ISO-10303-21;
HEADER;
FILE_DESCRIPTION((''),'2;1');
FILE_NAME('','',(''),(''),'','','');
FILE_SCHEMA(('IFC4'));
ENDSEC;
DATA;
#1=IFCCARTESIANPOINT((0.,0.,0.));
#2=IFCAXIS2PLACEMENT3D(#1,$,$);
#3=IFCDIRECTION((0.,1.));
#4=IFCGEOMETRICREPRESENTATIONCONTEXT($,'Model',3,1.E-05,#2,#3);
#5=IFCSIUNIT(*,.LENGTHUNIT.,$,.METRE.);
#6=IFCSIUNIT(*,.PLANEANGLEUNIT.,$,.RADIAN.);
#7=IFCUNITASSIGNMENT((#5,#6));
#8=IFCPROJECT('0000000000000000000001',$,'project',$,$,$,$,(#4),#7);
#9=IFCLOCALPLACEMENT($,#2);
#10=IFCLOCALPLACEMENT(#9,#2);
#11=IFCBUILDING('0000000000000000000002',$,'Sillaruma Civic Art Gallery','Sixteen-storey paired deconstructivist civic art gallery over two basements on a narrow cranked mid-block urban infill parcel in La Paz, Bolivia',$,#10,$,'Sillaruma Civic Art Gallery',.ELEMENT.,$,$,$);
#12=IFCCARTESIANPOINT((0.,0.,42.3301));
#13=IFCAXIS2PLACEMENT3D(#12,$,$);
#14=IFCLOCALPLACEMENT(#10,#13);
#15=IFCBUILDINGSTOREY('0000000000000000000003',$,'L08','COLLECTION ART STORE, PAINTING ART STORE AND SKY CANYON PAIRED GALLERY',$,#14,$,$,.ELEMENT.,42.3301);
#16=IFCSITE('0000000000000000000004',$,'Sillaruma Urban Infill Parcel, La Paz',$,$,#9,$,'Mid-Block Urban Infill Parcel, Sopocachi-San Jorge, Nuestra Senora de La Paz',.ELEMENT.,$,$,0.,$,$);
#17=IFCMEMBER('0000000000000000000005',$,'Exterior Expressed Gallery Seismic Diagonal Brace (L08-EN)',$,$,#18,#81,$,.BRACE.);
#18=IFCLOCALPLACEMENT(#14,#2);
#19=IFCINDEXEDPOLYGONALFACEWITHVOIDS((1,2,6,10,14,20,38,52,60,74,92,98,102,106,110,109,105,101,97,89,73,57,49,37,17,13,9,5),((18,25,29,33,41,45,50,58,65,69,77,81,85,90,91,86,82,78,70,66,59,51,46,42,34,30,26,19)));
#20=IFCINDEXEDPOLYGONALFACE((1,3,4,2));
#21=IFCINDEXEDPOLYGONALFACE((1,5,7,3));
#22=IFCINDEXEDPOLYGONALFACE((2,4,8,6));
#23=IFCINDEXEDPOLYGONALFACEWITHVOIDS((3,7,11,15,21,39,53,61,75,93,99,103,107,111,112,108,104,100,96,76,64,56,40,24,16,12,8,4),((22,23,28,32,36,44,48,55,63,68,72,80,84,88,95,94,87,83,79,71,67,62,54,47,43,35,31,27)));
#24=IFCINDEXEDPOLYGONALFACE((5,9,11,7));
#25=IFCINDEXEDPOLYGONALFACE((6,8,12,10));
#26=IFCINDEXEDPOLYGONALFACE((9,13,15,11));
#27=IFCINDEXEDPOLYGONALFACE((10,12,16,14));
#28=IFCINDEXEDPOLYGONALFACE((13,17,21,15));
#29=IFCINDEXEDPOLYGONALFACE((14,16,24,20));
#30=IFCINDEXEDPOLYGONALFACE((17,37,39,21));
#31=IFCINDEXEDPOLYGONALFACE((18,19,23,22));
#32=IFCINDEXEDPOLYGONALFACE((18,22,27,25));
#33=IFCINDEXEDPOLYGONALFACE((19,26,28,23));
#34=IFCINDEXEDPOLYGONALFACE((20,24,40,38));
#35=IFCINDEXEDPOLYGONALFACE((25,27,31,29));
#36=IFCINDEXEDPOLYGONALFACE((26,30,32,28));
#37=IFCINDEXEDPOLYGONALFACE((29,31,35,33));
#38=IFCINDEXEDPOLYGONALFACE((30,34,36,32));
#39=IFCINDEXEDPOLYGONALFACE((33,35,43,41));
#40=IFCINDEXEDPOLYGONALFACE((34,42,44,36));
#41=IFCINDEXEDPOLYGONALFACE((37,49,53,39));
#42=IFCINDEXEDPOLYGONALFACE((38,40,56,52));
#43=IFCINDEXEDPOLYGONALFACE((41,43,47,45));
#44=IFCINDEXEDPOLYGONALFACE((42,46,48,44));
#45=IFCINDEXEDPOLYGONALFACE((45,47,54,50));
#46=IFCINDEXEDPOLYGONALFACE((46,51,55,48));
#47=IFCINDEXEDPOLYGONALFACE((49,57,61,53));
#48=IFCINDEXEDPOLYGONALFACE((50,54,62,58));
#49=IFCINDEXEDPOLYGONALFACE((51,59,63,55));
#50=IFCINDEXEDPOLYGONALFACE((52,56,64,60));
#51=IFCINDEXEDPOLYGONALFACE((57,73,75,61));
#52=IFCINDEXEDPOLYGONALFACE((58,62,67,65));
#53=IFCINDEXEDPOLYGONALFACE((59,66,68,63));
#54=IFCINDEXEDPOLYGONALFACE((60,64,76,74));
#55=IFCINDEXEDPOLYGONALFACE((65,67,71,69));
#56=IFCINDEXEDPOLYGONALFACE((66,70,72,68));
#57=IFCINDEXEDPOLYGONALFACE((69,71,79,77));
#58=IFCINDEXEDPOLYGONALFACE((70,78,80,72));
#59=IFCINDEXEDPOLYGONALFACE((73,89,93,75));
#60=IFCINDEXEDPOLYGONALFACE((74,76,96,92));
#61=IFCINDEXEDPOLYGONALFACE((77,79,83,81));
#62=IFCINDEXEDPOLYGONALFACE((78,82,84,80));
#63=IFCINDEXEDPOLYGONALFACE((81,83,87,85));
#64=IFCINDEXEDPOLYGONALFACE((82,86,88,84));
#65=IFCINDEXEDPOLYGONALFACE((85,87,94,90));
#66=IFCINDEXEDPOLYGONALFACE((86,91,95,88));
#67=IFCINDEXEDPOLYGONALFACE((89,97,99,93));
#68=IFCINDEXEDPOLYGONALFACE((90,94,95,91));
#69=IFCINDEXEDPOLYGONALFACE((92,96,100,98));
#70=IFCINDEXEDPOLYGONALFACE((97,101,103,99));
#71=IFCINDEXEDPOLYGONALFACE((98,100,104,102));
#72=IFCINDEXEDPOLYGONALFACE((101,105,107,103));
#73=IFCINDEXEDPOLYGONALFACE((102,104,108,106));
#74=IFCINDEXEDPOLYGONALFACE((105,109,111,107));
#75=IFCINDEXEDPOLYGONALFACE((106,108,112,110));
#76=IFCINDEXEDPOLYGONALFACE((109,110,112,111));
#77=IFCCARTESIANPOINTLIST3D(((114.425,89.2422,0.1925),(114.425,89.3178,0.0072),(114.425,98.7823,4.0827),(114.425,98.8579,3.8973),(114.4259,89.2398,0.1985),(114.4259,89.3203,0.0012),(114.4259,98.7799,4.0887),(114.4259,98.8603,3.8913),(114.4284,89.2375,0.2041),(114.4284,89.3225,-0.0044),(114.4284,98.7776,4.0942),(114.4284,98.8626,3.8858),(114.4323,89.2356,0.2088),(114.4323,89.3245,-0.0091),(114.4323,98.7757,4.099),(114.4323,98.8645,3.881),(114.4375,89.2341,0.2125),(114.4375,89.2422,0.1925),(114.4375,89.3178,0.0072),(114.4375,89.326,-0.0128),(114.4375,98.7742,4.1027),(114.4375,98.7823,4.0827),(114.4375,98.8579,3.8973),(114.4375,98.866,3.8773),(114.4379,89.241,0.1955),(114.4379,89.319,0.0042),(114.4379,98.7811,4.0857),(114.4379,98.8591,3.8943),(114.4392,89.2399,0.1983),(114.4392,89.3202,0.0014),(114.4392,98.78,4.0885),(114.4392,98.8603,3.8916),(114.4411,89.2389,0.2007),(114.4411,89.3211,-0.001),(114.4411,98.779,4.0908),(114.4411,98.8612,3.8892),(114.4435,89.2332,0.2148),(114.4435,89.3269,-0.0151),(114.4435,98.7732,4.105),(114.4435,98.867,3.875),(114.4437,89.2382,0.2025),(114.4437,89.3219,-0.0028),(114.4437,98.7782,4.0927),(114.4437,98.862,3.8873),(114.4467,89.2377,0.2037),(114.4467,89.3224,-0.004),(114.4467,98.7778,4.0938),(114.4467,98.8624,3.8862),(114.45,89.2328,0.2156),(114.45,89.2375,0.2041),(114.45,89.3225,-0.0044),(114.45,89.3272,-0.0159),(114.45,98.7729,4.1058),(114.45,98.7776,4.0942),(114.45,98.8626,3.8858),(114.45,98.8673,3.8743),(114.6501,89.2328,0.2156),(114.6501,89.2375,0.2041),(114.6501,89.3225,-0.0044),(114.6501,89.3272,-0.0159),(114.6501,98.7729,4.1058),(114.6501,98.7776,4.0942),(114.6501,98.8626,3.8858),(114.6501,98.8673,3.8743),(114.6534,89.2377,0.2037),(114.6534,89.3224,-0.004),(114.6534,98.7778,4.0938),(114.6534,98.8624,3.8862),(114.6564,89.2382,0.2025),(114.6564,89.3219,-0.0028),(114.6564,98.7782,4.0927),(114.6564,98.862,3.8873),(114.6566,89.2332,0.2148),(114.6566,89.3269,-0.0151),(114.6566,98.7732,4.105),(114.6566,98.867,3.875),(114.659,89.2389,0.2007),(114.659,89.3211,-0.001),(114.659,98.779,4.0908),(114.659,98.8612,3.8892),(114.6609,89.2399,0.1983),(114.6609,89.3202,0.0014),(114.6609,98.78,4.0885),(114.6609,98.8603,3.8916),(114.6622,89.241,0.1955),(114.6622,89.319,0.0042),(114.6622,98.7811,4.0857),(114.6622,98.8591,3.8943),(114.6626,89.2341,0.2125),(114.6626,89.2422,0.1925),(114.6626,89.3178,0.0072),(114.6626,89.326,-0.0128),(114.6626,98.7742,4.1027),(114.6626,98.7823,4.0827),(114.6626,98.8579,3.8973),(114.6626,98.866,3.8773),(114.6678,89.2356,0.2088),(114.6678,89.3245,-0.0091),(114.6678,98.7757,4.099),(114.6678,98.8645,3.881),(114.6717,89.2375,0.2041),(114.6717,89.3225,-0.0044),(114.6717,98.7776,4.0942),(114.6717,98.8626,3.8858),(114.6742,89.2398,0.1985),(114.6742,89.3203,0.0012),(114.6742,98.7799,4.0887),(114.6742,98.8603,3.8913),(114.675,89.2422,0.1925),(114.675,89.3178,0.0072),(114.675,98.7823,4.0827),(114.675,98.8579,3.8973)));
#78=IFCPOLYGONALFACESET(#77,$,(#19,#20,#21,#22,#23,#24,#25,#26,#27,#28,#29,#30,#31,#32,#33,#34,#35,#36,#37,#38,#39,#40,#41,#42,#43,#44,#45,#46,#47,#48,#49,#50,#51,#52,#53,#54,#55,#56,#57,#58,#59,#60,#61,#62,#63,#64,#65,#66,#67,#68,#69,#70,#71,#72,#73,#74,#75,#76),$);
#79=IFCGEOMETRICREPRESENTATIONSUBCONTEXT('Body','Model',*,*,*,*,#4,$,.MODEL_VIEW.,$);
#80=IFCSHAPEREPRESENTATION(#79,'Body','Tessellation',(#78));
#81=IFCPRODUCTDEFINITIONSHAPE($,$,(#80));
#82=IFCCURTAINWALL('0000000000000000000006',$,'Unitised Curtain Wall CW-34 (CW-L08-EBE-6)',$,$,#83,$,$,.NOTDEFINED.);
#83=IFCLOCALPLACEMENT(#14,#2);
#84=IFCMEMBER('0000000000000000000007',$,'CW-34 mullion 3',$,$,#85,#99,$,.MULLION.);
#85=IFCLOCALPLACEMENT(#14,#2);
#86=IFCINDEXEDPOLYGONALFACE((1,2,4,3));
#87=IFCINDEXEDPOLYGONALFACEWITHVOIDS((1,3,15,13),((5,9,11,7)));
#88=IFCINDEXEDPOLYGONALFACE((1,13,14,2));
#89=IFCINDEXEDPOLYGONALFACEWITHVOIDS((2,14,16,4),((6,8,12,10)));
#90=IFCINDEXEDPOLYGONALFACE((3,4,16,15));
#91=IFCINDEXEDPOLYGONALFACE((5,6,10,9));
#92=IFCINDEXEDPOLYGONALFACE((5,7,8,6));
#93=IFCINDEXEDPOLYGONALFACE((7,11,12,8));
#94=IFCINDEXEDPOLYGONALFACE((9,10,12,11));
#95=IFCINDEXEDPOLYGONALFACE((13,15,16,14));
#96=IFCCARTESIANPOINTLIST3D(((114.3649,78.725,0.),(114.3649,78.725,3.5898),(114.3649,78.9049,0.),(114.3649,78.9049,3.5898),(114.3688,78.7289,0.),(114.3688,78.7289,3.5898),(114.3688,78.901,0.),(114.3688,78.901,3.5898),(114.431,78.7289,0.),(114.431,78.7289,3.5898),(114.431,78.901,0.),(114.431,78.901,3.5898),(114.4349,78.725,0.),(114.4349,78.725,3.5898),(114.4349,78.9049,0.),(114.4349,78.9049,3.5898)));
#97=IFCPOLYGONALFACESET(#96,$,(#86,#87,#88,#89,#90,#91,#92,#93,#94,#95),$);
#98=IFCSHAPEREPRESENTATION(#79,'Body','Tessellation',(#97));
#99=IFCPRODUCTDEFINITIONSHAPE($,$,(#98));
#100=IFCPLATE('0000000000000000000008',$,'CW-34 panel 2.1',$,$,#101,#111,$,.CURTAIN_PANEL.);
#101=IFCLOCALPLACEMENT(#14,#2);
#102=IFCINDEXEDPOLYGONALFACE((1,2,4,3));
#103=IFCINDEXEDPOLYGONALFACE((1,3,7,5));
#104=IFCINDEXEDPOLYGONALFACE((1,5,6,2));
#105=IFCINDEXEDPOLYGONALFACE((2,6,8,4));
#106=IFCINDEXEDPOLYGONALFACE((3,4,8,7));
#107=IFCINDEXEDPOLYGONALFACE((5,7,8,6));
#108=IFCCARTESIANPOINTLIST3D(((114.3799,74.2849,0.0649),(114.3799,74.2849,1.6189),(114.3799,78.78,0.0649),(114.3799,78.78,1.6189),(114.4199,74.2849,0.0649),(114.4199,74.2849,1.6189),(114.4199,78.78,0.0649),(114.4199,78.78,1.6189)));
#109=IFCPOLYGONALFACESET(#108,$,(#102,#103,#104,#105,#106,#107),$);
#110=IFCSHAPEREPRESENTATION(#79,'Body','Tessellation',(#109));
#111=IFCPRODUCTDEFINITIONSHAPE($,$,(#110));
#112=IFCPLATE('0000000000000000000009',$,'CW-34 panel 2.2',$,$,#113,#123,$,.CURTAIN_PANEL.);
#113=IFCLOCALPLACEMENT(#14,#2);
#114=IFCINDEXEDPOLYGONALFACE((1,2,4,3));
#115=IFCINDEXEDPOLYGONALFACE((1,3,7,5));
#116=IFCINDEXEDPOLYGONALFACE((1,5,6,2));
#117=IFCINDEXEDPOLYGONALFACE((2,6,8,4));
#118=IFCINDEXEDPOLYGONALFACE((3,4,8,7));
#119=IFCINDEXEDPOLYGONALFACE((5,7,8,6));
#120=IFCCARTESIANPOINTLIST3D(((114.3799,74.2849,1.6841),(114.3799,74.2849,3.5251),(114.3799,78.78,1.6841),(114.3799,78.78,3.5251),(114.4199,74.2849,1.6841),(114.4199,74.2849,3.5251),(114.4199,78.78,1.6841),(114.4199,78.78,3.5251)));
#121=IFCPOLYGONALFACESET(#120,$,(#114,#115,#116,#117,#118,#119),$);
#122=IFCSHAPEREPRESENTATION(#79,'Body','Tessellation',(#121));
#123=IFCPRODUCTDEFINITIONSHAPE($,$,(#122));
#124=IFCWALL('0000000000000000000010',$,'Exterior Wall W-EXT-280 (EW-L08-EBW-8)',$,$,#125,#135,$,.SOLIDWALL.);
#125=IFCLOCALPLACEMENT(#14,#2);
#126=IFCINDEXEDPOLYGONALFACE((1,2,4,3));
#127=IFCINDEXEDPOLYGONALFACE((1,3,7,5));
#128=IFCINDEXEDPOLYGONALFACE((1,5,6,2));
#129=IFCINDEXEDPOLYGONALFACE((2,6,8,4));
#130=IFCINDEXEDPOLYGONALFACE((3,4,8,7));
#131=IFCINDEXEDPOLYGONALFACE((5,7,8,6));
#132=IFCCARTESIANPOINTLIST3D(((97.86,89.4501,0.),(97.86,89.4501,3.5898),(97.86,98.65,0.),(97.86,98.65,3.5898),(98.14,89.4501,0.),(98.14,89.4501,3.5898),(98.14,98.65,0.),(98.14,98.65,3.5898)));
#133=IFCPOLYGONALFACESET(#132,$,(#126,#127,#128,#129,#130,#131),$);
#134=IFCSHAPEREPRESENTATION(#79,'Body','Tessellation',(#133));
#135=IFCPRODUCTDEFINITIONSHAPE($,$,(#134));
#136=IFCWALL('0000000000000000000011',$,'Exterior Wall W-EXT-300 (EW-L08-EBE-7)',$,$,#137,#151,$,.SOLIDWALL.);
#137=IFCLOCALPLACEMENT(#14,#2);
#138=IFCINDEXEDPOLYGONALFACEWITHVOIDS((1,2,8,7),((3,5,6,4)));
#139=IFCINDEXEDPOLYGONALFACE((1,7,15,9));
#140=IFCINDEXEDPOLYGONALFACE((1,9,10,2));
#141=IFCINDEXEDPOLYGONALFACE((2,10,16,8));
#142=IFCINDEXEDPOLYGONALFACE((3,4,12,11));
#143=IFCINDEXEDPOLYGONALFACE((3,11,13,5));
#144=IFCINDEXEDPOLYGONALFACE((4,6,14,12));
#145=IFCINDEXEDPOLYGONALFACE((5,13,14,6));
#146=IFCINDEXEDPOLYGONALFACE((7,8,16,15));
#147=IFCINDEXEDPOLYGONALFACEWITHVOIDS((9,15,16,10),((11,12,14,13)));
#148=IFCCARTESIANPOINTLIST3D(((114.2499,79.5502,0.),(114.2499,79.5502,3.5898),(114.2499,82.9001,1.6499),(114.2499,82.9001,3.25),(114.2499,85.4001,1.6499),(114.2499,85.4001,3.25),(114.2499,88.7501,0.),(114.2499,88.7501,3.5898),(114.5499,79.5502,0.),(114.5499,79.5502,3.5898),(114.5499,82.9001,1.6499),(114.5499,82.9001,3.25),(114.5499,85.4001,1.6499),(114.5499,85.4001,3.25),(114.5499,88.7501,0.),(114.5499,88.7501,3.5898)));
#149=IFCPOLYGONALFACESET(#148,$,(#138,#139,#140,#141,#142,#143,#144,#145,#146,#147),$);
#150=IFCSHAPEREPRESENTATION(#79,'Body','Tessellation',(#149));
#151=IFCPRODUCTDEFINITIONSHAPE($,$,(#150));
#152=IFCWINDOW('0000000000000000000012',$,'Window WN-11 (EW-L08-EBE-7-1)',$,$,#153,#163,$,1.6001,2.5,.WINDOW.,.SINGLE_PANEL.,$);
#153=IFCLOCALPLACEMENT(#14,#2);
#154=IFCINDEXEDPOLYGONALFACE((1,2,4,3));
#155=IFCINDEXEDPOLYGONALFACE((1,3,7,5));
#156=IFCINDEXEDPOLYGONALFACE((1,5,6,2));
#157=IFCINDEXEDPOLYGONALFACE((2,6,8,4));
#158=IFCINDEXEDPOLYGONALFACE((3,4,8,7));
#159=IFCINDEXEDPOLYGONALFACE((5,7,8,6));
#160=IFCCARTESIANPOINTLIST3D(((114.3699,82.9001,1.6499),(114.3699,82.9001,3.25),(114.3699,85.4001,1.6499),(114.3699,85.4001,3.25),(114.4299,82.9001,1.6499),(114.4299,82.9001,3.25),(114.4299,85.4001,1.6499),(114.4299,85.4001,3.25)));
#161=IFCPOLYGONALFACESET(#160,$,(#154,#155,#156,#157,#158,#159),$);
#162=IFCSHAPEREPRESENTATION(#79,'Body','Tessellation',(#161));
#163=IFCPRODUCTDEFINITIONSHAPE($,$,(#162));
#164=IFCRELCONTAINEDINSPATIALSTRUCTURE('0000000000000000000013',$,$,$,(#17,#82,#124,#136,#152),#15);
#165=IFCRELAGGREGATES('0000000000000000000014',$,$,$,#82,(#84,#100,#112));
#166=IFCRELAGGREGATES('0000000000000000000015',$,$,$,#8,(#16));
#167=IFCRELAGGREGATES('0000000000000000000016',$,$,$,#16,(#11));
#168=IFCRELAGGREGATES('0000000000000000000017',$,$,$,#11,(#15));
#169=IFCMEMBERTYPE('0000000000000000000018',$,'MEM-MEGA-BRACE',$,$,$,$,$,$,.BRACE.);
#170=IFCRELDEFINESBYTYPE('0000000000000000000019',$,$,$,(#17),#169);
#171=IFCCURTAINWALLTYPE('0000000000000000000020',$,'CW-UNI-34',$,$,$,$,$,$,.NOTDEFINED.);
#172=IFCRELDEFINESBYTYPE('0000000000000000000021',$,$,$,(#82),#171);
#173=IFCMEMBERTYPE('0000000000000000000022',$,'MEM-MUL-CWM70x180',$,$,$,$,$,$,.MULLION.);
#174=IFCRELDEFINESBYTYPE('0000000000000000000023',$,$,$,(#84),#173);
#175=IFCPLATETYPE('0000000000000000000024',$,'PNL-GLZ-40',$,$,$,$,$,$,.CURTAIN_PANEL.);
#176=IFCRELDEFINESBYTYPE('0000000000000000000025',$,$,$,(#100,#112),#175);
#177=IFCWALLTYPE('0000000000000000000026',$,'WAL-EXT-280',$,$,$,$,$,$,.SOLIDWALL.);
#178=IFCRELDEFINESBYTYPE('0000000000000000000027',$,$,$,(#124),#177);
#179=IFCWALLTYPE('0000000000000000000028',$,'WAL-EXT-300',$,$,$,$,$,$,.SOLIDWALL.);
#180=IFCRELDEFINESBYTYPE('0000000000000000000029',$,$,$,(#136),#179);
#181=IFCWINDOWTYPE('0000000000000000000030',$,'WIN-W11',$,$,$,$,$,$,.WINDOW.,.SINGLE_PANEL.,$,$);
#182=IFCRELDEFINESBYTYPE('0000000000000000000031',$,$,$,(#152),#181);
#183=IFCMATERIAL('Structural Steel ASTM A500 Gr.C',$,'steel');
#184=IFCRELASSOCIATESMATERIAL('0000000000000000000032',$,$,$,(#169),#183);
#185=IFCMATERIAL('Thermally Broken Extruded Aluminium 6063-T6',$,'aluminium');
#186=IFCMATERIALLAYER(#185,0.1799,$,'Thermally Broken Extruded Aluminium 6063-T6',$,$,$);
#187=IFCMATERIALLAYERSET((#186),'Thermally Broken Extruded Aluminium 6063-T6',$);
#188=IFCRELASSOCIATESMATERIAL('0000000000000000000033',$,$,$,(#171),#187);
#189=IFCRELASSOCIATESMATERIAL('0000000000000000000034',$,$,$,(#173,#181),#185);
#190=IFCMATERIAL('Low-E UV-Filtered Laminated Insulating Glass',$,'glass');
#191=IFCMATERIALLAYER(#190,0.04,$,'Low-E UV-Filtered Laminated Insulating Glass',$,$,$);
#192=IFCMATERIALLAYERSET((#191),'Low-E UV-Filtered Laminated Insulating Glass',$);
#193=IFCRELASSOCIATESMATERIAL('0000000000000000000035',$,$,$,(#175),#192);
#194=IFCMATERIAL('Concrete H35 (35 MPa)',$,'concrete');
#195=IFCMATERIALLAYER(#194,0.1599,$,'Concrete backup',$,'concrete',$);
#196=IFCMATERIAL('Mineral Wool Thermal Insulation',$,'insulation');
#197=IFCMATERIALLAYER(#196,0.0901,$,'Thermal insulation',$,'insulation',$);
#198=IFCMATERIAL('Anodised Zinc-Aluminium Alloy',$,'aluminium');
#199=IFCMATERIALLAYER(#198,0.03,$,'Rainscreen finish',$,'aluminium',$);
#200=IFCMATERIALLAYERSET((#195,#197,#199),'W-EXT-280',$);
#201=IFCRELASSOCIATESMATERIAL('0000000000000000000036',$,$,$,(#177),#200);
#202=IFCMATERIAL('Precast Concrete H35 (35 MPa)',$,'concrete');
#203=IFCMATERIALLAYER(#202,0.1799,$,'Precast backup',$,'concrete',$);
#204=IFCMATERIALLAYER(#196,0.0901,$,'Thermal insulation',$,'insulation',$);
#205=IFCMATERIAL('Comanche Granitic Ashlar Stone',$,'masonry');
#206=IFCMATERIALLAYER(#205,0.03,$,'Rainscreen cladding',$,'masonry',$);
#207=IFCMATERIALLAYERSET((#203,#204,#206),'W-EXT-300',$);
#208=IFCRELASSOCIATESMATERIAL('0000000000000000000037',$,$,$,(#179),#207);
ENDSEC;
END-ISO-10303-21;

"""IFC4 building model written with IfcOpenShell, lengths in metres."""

from ifc_helpers import new_model, si_unit, direction, frame, frame_2d, origin, origin_2d, place, context, subcontext, project, spatial, rectangle, hollow_rectangle, extrude, material, layer, layer_set, material_profile, profile_set, type_object, element, fill, aggregate, save


model = new_model("IFC4")

# Units and contexts
model_context = context("Model", 3, precision=1e-05, world=origin(), true_north=direction((0.0, 1.0)))
body_context = subcontext(model_context, "Body", "Model", "MODEL_VIEW")
ifc_project = project(units=[si_unit("LENGTHUNIT", "METRE"), si_unit("PLANEANGLEUNIT", "RADIAN")], contexts=[model_context])

# Site, building, storey
site_placement = place(None, origin())
site = spatial("IfcSite", under=ifc_project, at=site_placement, Name="Sillaruma Urban Infill Parcel, La Paz", LongName="Mid-Block Urban Infill Parcel, Sopocachi-San Jorge, Nuestra Senora de La Paz", CompositionType="ELEMENT", RefElevation=0.0)
building_placement = place(site_placement, origin())
building = spatial("IfcBuilding", under=site, at=building_placement, Name="Sillaruma Civic Art Gallery", Description="Sixteen-storey paired deconstructivist civic art gallery over two basements on a narrow cranked mid-block urban infill parcel in La Paz, Bolivia", LongName="Sillaruma Civic Art Gallery", CompositionType="ELEMENT")
storey_placement = place(building_placement, frame((0.0, 0.0, 42.3301)))
storey = spatial("IfcBuildingStorey", under=building, at=storey_placement, Name="L08", Description="COLLECTION ART STORE, PAINTING ART STORE AND SKY CANYON PAIRED GALLERY", CompositionType="ELEMENT", Elevation=42.3301)

# Shared definitions
ifc_material_1 = material(Name="Concrete H35 (35 MPa)", Category="concrete")

# Member
ifc_material_2 = material(Name="Structural Steel ASTM A500 Gr.C", Category="steel")
ifc_material_profile_1 = material_profile(ifc_material_2, hollow_rectangle(XDim=0.25, YDim=0.25, WallThickness=0.0125, InnerFilletRadius=0.0125, OuterFilletRadius=0.0249, at=origin_2d()), Name="HSS250x250x12.5")
ifc_profile_set_1 = profile_set([ifc_material_profile_1], Name="Structural Steel ASTM A500 Gr.C")
member_type_1 = type_object("IfcMemberType", Name="MEM-MEGA-BRACE", PredefinedType="BRACE", material=ifc_profile_set_1)
member_1_placement = place(storey_placement, frame((114.55, 89.28, 0.0999), z_axis=(0.0, 0.925975, 0.377584), x_axis=(-1.0, 0.0, 0.0)))
element("IfcMember", 1, at=member_1_placement, inside=storey, type_object=member_type_1, Name="Exterior Expressed Gallery Seismic Diagonal Brace (L08-EN)", PredefinedType="BRACE", context=body_context, shape_type="SweptSolid", body=[
    extrude(hollow_rectangle(XDim=0.25, YDim=0.25, WallThickness=0.0125, InnerFilletRadius=0.0125, OuterFilletRadius=0.0249, at=origin_2d()), origin(), (0.0, 0.0, 1.0), 10.3027),
])

# Curtain wall, member, plates
ifc_material_3 = material(Name="Thermally Broken Extruded Aluminium 6063-T6", Category="aluminium")
ifc_layer_1 = layer(ifc_material_3, 0.1799, Name="Thermally Broken Extruded Aluminium 6063-T6")
ifc_layer_set_1 = layer_set([ifc_layer_1], Name="Thermally Broken Extruded Aluminium 6063-T6")
curtain_wall_type = type_object("IfcCurtainWallType", Name="CW-UNI-34", PredefinedType="NOTDEFINED", material=ifc_layer_set_1)
curtain_wall_placement = place(storey_placement, origin())
curtain_wall = element("IfcCurtainWall", 2, at=curtain_wall_placement, inside=storey, type_object=curtain_wall_type, Name="Unitised Curtain Wall CW-34 (CW-L08-EBE-6)", PredefinedType="NOTDEFINED")
ifc_material_profile_2 = material_profile(ifc_material_3, hollow_rectangle(XDim=0.0701, YDim=0.1799, WallThickness=0.0039, at=origin_2d()), Name="CWM70x180")
ifc_profile_set_2 = profile_set([ifc_material_profile_2], Name="Thermally Broken Extruded Aluminium 6063-T6")
member_type_2 = type_object("IfcMemberType", Name="MEM-MUL-CWM70x180", PredefinedType="MULLION", material=ifc_profile_set_2)
member_2_placement = place(storey_placement, frame((114.3999, 78.8149, 0.0), z_axis=(0.0, 0.0, 1.0), x_axis=(-1.0, 0.0, 0.0)))
member_2 = element("IfcMember", 3, at=member_2_placement, type_object=member_type_2, Name="CW-34 mullion 3", PredefinedType="MULLION", context=body_context, shape_type="SweptSolid", body=[
    extrude(hollow_rectangle(XDim=0.0701, YDim=0.1799, WallThickness=0.0039, at=origin_2d()), origin(), (0.0, 0.0, 1.0), 3.5898),
])
ifc_material_4 = material(Name="Low-E UV-Filtered Laminated Insulating Glass", Category="glass")
ifc_layer_2 = layer(ifc_material_4, 0.04, Name="Low-E UV-Filtered Laminated Insulating Glass")
ifc_layer_set_2 = layer_set([ifc_layer_2], Name="Low-E UV-Filtered Laminated Insulating Glass")
plate_type = type_object("IfcPlateType", Name="PNL-GLZ-40", PredefinedType="CURTAIN_PANEL", material=ifc_layer_set_2)
plate_1_placement = place(storey_placement, frame((114.3999, 76.5325, 0.0649), z_axis=(0.0, 0.0, 1.0), x_axis=(0.0, 1.0, 0.0)))
plate_1 = element("IfcPlate", 4, at=plate_1_placement, type_object=plate_type, Name="CW-34 panel 2.1", PredefinedType="CURTAIN_PANEL", context=body_context, shape_type="SweptSolid", body=[
    extrude(rectangle(XDim=4.4951, YDim=0.04, at=origin_2d()), origin(), (0.0, 0.0, 1.0), 1.554),
])
plate_2_placement = place(storey_placement, frame((114.3999, 76.5325, 1.6841), z_axis=(0.0, 0.0, 1.0), x_axis=(0.0, 1.0, 0.0)))
plate_2 = element("IfcPlate", 5, at=plate_2_placement, type_object=plate_type, Name="CW-34 panel 2.2", PredefinedType="CURTAIN_PANEL", context=body_context, shape_type="SweptSolid", body=[
    extrude(rectangle(XDim=4.4951, YDim=0.04, at=origin_2d()), origin(), (0.0, 0.0, 1.0), 1.8411),
])
aggregate(curtain_wall, [member_2, plate_1, plate_2])

# Wall
ifc_layer_3 = layer(ifc_material_1, 0.1599, Name="Concrete backup", Category="concrete")
ifc_material_5 = material(Name="Mineral Wool Thermal Insulation", Category="insulation")
ifc_layer_4 = layer(ifc_material_5, 0.0901, Name="Thermal insulation", Category="insulation")
ifc_material_6 = material(Name="Anodised Zinc-Aluminium Alloy", Category="aluminium")
ifc_layer_5 = layer(ifc_material_6, 0.03, Name="Rainscreen finish", Category="aluminium")
ifc_layer_set_3 = layer_set([ifc_layer_3, ifc_layer_4, ifc_layer_5], Name="W-EXT-280")
wall_type_1 = type_object("IfcWallType", Name="WAL-EXT-280", PredefinedType="SOLIDWALL", material=ifc_layer_set_3)
wall_1_placement = place(storey_placement, frame((98.0, 89.45, 0.0), z_axis=(0.0, 0.0, 1.0), x_axis=(0.0, 1.0, 0.0)))
element("IfcWall", 6, at=wall_1_placement, inside=storey, type_object=wall_type_1, Name="Exterior Wall W-EXT-280 (EW-L08-EBW-8)", PredefinedType="SOLIDWALL", context=body_context, shape_type="SweptSolid", body=[
    extrude(rectangle(XDim=9.2, YDim=0.28, at=frame_2d((4.6001, 0.0))), origin(), (0.0, 0.0, 1.0), 3.5898),
])

# Wall, opening, window
ifc_material_7 = material(Name="Precast Concrete H35 (35 MPa)", Category="concrete")
ifc_layer_6 = layer(ifc_material_7, 0.1799, Name="Precast backup", Category="concrete")
ifc_layer_7 = layer(ifc_material_5, 0.0901, Name="Thermal insulation", Category="insulation")
ifc_material_8 = material(Name="Comanche Granitic Ashlar Stone", Category="masonry")
ifc_layer_8 = layer(ifc_material_8, 0.03, Name="Rainscreen cladding", Category="masonry")
ifc_layer_set_4 = layer_set([ifc_layer_6, ifc_layer_7, ifc_layer_8], Name="W-EXT-300")
wall_type_2 = type_object("IfcWallType", Name="WAL-EXT-300", PredefinedType="SOLIDWALL", material=ifc_layer_set_4)
wall_2_placement = place(storey_placement, frame((114.3999, 79.55, 0.0), z_axis=(0.0, 0.0, 1.0), x_axis=(0.0, 1.0, 0.0)))
wall_2 = element("IfcWall", 7, at=wall_2_placement, inside=storey, type_object=wall_type_2, Name="Exterior Wall W-EXT-300 (EW-L08-EBE-7)", PredefinedType="SOLIDWALL", context=body_context, shape_type="SweptSolid", body=[
    extrude(rectangle(XDim=9.2, YDim=0.3, at=frame_2d((4.6001, 0.0))), origin(), (0.0, 0.0, 1.0), 3.5898),
])
opening_1_placement = place(wall_2_placement, frame((3.3501, 0.0, 1.6499)))
opening_1 = element("IfcOpeningElement", 8, at=opening_1_placement, cuts=wall_2, PredefinedType="OPENING", context=body_context, shape_type="SweptSolid", body=[
    extrude(rectangle(XDim=2.5, YDim=1.6001, at=frame_2d((1.25, 0.8))), frame((0.0, 0.1599, 0.0), z_axis=(0.0, -1.0, 0.0), x_axis=(1.0, 0.0, 0.0)), (0.0, 0.0, 1.0), 0.3201),
])
window_type = type_object("IfcWindowType", Name="WIN-W11", PartitioningType="SINGLE_PANEL", PredefinedType="WINDOW", material=ifc_material_3)
window_placement = place(opening_1_placement, origin())
window = element("IfcWindow", 9, at=window_placement, inside=storey, type_object=window_type, Name="Window WN-11 (EW-L08-EBE-7-1)", OverallHeight=1.6001, OverallWidth=2.5, PartitioningType="SINGLE_PANEL", PredefinedType="WINDOW", context=body_context, shape_type="SweptSolid", body=[
    extrude(rectangle(XDim=2.5, YDim=1.6001, at=frame_2d((1.25, 0.8))), frame((0.0, 0.03, 0.0), z_axis=(0.0, -1.0, 0.0), x_axis=(1.0, 0.0, 0.0)), (0.0, 0.0, 1.0), 0.0601),
])
fill(opening_1, window)

save(model, "model.ifc")
